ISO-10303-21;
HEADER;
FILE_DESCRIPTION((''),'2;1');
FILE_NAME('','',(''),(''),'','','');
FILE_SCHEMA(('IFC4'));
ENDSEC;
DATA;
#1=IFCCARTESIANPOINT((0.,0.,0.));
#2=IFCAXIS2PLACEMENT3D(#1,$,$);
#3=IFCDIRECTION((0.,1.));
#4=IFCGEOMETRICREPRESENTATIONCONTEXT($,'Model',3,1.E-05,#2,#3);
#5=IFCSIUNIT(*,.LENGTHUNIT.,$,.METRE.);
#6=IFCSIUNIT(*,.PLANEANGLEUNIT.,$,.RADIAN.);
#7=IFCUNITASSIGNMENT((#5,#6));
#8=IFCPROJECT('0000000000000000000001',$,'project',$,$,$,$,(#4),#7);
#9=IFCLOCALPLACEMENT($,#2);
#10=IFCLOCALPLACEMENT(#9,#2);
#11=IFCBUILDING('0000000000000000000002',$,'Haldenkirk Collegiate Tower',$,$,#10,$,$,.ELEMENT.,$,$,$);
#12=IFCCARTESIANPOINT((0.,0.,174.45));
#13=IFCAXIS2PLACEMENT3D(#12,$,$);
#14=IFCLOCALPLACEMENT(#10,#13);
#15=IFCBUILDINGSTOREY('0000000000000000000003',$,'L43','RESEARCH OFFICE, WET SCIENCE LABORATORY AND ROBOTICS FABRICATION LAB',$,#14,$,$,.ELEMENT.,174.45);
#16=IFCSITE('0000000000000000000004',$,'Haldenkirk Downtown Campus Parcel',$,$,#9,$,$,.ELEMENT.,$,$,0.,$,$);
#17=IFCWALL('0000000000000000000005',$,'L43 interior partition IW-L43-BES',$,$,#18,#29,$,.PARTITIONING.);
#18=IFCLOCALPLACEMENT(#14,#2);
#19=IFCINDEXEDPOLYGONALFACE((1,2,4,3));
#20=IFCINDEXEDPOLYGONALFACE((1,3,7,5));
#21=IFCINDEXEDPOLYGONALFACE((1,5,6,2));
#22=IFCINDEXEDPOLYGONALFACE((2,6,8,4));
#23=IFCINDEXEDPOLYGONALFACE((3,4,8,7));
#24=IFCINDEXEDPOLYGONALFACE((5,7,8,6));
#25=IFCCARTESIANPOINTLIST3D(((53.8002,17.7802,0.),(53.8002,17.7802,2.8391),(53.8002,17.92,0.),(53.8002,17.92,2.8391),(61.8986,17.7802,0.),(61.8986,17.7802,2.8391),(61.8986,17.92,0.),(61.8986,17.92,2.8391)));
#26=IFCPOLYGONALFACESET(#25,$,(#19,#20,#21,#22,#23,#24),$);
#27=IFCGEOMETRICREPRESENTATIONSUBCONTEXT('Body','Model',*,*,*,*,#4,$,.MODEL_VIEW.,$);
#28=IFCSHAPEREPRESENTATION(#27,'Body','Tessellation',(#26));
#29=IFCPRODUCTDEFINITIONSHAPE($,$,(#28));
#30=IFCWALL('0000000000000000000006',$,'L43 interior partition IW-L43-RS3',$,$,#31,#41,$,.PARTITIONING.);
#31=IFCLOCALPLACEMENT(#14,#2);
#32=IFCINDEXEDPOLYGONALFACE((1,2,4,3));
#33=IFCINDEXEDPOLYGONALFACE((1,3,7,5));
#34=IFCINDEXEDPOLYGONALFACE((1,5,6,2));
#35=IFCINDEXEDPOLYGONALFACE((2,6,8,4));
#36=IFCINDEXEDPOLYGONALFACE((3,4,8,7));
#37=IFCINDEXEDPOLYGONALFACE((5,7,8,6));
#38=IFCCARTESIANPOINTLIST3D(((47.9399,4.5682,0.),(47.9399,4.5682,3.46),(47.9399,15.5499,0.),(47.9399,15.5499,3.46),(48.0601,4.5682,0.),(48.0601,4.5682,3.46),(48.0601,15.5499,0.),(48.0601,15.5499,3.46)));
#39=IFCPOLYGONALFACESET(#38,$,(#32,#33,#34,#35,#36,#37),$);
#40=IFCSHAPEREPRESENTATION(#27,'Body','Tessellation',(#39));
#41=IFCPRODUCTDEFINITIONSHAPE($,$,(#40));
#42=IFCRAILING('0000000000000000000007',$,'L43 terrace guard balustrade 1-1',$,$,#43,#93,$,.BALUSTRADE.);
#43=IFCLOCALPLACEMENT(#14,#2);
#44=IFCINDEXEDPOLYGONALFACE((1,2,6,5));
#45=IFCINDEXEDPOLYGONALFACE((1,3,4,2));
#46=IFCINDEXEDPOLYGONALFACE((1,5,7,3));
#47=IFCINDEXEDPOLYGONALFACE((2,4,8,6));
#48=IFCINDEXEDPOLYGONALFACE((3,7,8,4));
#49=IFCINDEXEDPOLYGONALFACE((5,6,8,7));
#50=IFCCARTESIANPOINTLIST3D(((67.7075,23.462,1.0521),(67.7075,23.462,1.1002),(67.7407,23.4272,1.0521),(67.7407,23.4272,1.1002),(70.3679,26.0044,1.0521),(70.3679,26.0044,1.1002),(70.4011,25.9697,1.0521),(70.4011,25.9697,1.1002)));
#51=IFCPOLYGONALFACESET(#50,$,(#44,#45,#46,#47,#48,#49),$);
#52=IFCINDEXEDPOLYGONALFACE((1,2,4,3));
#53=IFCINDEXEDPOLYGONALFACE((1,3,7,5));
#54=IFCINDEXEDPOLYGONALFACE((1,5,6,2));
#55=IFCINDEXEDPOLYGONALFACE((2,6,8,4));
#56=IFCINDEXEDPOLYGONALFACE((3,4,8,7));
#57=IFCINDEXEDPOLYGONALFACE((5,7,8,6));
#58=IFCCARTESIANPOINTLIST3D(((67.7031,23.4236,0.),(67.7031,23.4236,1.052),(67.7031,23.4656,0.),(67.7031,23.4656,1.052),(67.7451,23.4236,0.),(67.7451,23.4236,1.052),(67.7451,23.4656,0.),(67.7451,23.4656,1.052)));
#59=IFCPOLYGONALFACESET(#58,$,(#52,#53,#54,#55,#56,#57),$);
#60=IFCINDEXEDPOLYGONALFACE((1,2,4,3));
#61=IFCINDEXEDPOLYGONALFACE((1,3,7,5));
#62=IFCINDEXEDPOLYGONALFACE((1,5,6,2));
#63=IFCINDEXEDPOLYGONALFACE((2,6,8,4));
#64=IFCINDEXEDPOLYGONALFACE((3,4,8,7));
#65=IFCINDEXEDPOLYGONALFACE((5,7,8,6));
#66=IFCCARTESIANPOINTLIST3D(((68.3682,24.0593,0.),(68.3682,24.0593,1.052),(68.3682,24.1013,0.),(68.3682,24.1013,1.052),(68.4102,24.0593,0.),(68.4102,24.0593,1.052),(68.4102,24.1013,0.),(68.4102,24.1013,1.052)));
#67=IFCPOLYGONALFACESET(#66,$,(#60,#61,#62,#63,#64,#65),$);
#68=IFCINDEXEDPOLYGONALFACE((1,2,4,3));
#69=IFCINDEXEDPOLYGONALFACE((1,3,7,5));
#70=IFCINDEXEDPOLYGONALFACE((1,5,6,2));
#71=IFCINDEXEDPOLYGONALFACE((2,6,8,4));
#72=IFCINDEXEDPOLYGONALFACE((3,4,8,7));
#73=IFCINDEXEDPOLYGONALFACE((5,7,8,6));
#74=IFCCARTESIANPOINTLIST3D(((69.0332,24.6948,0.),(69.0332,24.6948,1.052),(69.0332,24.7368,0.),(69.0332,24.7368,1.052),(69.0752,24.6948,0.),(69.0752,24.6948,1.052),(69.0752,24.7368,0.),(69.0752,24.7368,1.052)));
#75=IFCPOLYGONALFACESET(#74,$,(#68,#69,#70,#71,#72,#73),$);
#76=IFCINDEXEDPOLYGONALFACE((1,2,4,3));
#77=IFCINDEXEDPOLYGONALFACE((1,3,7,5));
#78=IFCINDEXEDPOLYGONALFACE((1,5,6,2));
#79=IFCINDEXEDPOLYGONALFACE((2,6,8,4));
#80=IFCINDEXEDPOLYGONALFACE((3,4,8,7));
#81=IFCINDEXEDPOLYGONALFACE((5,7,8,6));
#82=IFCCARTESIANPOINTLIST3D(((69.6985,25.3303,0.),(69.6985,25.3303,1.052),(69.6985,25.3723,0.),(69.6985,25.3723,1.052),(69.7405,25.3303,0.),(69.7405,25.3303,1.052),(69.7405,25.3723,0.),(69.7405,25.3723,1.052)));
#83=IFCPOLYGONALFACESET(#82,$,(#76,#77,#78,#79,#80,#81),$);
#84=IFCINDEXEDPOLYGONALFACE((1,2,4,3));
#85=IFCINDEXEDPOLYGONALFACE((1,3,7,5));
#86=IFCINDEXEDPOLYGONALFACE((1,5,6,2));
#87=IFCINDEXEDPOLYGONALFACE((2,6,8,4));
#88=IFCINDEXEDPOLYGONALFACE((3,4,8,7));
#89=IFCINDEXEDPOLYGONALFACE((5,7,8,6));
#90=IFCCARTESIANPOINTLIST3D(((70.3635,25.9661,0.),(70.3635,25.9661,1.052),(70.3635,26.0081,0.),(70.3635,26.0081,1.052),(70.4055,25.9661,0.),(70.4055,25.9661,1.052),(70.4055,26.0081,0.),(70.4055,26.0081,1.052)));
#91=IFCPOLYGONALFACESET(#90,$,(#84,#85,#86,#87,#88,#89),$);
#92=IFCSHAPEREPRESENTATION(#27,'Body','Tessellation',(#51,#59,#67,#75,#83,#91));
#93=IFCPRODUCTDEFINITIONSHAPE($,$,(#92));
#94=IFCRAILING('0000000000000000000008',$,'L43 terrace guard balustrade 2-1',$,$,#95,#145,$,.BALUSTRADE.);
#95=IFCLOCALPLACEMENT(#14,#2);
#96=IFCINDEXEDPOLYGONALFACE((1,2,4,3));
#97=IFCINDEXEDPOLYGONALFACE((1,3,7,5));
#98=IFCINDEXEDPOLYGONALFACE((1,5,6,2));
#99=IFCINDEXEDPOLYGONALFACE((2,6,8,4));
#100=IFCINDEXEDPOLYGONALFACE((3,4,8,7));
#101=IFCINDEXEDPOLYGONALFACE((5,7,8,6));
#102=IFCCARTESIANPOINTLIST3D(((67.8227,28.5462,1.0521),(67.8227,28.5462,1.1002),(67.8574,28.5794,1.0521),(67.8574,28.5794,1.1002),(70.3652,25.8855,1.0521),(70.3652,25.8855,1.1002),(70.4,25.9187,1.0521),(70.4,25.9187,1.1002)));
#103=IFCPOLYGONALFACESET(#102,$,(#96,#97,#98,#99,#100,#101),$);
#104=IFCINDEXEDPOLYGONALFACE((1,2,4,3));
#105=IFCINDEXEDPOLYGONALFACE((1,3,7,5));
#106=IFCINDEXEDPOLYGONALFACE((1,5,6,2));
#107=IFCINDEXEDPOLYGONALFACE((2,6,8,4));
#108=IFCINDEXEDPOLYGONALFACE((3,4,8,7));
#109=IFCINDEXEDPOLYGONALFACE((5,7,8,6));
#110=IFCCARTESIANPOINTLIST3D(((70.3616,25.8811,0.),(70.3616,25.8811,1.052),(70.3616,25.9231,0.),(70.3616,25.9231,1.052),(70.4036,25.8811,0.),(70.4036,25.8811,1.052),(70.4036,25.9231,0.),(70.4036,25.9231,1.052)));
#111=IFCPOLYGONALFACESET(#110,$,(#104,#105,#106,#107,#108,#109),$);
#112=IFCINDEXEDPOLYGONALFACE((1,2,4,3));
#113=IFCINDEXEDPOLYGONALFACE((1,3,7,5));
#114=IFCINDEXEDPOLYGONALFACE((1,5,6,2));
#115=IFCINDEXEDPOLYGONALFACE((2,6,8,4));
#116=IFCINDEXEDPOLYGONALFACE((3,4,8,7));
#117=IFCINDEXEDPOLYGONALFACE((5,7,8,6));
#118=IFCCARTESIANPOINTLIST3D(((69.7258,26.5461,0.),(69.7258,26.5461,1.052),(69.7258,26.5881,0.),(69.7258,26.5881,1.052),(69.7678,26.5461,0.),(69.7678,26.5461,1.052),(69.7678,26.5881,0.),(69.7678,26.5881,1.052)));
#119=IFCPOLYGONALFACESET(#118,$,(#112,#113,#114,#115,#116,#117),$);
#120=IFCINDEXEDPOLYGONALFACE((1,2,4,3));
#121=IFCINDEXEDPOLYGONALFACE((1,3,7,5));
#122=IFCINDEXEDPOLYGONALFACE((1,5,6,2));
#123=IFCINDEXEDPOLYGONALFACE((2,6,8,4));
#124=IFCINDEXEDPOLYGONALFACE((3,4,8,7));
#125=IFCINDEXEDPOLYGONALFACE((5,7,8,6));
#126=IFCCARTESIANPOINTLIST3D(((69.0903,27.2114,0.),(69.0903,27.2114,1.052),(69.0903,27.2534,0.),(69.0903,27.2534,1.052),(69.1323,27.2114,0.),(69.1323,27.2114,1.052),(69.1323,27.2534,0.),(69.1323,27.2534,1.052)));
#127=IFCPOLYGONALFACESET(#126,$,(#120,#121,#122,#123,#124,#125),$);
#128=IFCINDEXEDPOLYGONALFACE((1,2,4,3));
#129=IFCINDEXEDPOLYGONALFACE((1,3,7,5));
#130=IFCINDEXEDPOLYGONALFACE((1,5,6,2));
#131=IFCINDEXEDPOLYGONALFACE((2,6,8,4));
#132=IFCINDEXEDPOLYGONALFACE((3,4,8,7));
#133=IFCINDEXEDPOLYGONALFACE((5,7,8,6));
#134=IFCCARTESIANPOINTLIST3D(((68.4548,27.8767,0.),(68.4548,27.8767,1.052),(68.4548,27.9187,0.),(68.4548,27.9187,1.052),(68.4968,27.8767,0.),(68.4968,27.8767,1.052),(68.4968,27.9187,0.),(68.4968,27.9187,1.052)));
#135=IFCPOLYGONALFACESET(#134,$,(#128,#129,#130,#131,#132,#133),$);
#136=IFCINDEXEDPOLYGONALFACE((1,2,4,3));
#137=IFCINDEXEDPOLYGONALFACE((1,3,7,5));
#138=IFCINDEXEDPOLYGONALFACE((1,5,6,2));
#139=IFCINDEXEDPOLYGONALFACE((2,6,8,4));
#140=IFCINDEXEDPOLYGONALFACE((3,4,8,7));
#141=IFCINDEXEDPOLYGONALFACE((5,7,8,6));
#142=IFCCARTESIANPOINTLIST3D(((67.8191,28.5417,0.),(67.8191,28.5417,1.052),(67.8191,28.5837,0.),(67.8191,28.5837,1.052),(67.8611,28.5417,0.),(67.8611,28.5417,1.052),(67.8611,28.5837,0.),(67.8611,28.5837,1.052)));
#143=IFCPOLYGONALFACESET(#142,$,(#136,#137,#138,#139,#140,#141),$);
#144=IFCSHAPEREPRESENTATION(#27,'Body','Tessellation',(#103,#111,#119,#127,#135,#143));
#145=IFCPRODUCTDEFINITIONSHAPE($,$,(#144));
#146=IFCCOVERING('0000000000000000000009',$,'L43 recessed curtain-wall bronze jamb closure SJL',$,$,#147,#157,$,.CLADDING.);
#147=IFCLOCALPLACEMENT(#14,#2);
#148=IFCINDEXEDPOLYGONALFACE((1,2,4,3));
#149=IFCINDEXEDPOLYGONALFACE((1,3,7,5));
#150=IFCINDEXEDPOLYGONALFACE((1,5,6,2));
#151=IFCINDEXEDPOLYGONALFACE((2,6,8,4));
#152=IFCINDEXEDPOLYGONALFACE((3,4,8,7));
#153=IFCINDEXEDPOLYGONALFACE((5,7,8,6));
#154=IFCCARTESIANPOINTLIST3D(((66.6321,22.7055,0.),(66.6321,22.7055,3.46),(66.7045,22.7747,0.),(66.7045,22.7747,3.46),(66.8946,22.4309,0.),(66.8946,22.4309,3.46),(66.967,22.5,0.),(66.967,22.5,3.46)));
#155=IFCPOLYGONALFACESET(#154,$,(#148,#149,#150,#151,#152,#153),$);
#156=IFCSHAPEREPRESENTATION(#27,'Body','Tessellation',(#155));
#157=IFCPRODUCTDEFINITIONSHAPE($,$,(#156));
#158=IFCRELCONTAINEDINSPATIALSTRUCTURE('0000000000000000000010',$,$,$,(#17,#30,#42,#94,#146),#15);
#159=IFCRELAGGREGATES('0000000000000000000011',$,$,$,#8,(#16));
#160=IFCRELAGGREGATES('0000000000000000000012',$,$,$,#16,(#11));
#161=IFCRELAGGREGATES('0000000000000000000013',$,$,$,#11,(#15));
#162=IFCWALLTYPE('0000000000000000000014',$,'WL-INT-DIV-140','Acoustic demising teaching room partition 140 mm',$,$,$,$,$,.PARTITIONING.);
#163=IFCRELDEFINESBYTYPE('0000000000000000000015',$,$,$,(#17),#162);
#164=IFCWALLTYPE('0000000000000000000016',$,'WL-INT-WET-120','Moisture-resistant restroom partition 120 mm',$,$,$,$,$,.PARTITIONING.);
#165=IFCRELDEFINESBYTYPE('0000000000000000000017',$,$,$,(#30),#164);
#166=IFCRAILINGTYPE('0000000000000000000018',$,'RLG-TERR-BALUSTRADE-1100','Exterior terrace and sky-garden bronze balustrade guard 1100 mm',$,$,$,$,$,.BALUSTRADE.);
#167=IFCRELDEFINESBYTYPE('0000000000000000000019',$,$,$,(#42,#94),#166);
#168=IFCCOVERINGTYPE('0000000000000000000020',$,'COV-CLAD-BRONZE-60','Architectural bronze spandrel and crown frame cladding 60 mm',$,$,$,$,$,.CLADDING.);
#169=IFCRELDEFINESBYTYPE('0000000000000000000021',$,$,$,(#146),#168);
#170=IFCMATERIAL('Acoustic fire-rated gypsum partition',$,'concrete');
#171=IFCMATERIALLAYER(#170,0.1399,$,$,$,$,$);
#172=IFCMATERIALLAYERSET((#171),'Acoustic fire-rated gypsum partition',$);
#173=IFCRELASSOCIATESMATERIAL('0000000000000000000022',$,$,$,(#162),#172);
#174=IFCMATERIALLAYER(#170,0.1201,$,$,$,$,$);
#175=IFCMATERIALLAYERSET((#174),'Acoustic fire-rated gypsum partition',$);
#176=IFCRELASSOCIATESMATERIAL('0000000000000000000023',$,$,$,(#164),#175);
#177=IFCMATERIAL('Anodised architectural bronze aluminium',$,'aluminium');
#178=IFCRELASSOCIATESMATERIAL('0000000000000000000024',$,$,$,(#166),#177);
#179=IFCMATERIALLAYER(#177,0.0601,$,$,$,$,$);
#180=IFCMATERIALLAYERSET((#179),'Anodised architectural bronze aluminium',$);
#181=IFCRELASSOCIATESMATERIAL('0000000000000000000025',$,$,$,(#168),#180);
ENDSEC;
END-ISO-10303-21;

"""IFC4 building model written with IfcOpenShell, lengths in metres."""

from ifc_helpers import new_model, si_unit, direction, frame, frame_2d, origin, origin_2d, place, context, subcontext, project, spatial, rectangle, extrude, source, transform, mapped, material, layer, layer_set, type_object, element, save


model = new_model("IFC4")

# Units and contexts
model_context = context("Model", 3, precision=1e-05, world=origin(), true_north=direction((0.0, 1.0)))
body_context = subcontext(model_context, "Body", "Model", "MODEL_VIEW")
ifc_project = project(units=[si_unit("LENGTHUNIT", "METRE"), si_unit("PLANEANGLEUNIT", "RADIAN")], contexts=[model_context])

# Site, building, storey
site_placement = place(None, origin())
site = spatial("IfcSite", under=ifc_project, at=site_placement, Name="Haldenkirk Downtown Campus Parcel", CompositionType="ELEMENT", RefElevation=0.0)
building_placement = place(site_placement, origin())
building = spatial("IfcBuilding", under=site, at=building_placement, Name="Haldenkirk Collegiate Tower", CompositionType="ELEMENT")
storey_placement = place(building_placement, frame((0.0, 0.0, 174.45)))
storey = spatial("IfcBuildingStorey", under=building, at=storey_placement, Name="L43", Description="RESEARCH OFFICE, WET SCIENCE LABORATORY AND ROBOTICS FABRICATION LAB", CompositionType="ELEMENT", Elevation=174.45)

# Shared definitions
ifc_material_1 = material(Name="Anodised architectural bronze aluminium", Category="aluminium")

# Walls
ifc_material_2 = material(Name="Acoustic fire-rated gypsum partition", Category="concrete")
ifc_layer_1 = layer(ifc_material_2, 0.1399)
ifc_layer_set_1 = layer_set([ifc_layer_1], Name="Acoustic fire-rated gypsum partition")
wall_type_1 = type_object("IfcWallType", Name="WL-INT-DIV-140", Description="Acoustic demising teaching room partition 140 mm", PredefinedType="PARTITIONING", material=ifc_layer_set_1)
wall_1_placement = place(storey_placement, frame((53.8, 17.8501, 0.0), z_axis=(0.0, 0.0, 1.0), x_axis=(1.0, 0.0, 0.0)))
element("IfcWall", 1, at=wall_1_placement, inside=storey, type_object=wall_type_1, Name="L43 interior partition IW-L43-BES", PredefinedType="PARTITIONING", context=body_context, shape_type="SweptSolid", body=[
    extrude(rectangle(XDim=8.0984, YDim=0.1399, at=frame_2d((4.0493, 0.0))), origin(), (0.0, 0.0, 1.0), 2.8391),
])
ifc_layer_2 = layer(ifc_material_2, 0.1201)
ifc_layer_set_2 = layer_set([ifc_layer_2], Name="Acoustic fire-rated gypsum partition")
wall_type_2 = type_object("IfcWallType", Name="WL-INT-WET-120", Description="Moisture-resistant restroom partition 120 mm", PredefinedType="PARTITIONING", material=ifc_layer_set_2)
wall_2_placement = place(storey_placement, frame((48.0, 4.5684, 0.0), z_axis=(0.0, 0.0, 1.0), x_axis=(0.0, 1.0, 0.0)))
element("IfcWall", 2, at=wall_2_placement, inside=storey, type_object=wall_type_2, Name="L43 interior partition IW-L43-RS3", PredefinedType="PARTITIONING", context=body_context, shape_type="SweptSolid", body=[
    extrude(rectangle(XDim=10.9817, YDim=0.1201, at=frame_2d((5.4907, 0.0))), origin(), (0.0, 0.0, 1.0), 3.46),
])

# Railings
railing_type = type_object("IfcRailingType", Name="RLG-TERR-BALUSTRADE-1100", Description="Exterior terrace and sky-garden bronze balustrade guard 1100 mm", PredefinedType="BALUSTRADE", material=ifc_material_1)
railing_1_placement = place(storey_placement, frame((67.7241, 23.4446, 0.0)))
element("IfcRailing", 3, at=railing_1_placement, inside=storey, type_object=railing_type, Name="L43 terrace guard balustrade 1-1", PredefinedType="BALUSTRADE", context=body_context, shape_type="SweptSolid", body=[
    extrude(rectangle(XDim=0.0481, YDim=0.0481, at=origin_2d()), frame((0.0, 0.0, 1.0762), z_axis=(0.722947, 0.690903, 0.0), x_axis=(-0.690903, 0.722947, 0.0)), (0.0, 0.0, 1.0), 3.6799),
    extrude(rectangle(XDim=0.042, YDim=0.042, at=origin_2d()), origin(), (0.0, 0.0, 1.0), 1.052),
    extrude(rectangle(XDim=0.042, YDim=0.042, at=origin_2d()), frame((0.665, 0.6357, 0.0)), (0.0, 0.0, 1.0), 1.052),
    extrude(rectangle(XDim=0.042, YDim=0.042, at=origin_2d()), frame((1.3301, 1.2712, 0.0)), (0.0, 0.0, 1.0), 1.052),
    extrude(rectangle(XDim=0.042, YDim=0.042, at=origin_2d()), frame((1.9954, 1.9067, 0.0)), (0.0, 0.0, 1.0), 1.052),
    extrude(rectangle(XDim=0.042, YDim=0.042, at=origin_2d()), frame((2.6604, 2.5425, 0.0)), (0.0, 0.0, 1.0), 1.052),
])
railing_2_placement = place(storey_placement, frame((70.3826, 25.9021, 0.0)))
element("IfcRailing", 4, at=railing_2_placement, inside=storey, type_object=railing_type, Name="L43 terrace guard balustrade 2-1", PredefinedType="BALUSTRADE", context=body_context, shape_type="SweptSolid", body=[
    extrude(rectangle(XDim=0.0481, YDim=0.0481, at=origin_2d()), frame((0.0, 0.0, 1.0762), z_axis=(-0.69087, 0.722979, 0.0), x_axis=(-0.722979, -0.69087, 0.0)), (0.0, 0.0, 1.0), 3.6802),
    extrude(rectangle(XDim=0.042, YDim=0.042, at=origin_2d()), origin(), (0.0, 0.0, 1.0), 1.052),
    extrude(rectangle(XDim=0.042, YDim=0.042, at=origin_2d()), frame((-0.6357, 0.665, 0.0)), (0.0, 0.0, 1.0), 1.052),
    extrude(rectangle(XDim=0.042, YDim=0.042, at=origin_2d()), frame((-1.2712, 1.3303, 0.0)), (0.0, 0.0, 1.0), 1.052),
    extrude(rectangle(XDim=0.042, YDim=0.042, at=origin_2d()), frame((-1.9067, 1.9956, 0.0)), (0.0, 0.0, 1.0), 1.052),
    extrude(rectangle(XDim=0.042, YDim=0.042, at=origin_2d()), frame((-2.5425, 2.6606, 0.0)), (0.0, 0.0, 1.0), 1.052),
])

# Covering
ifc_layer_3 = layer(ifc_material_1, 0.0601)
ifc_layer_set_3 = layer_set([ifc_layer_3], Name="Anodised architectural bronze aluminium")
covering_type = type_object("IfcCoveringType", Name="COV-CLAD-BRONZE-60", Description="Architectural bronze spandrel and crown frame cladding 60 mm", PredefinedType="CLADDING", material=ifc_layer_set_3)
shared_shape_1 = source(origin(), body_context, "Body", "SweptSolid", [
    extrude(rectangle(XDim=0.1001, YDim=0.3799, at=origin_2d()), origin(), (0.0, 0.0, 1.0), 3.46),
])
covering_placement = place(storey_placement, frame((66.7996, 22.6028, 0.0), z_axis=(0.0, 0.0, 1.0), x_axis=(-0.722967, -0.690882, 0.0)))
element("IfcCovering", 5, at=covering_placement, inside=storey, type_object=covering_type, Name="L43 recessed curtain-wall bronze jamb closure SJL", PredefinedType="CLADDING", context=body_context, shape_type="MappedRepresentation", body=[
    mapped(shared_shape_1, transform((0.0, 0.0, 0.0), x_axis=(1.0, 0.0, 0.0), y_axis=(0.0, 1.0, 0.0), z_axis=(0.0, 0.0, 1.0), scale=1.0)),
])

save(model, "model.ifc")
